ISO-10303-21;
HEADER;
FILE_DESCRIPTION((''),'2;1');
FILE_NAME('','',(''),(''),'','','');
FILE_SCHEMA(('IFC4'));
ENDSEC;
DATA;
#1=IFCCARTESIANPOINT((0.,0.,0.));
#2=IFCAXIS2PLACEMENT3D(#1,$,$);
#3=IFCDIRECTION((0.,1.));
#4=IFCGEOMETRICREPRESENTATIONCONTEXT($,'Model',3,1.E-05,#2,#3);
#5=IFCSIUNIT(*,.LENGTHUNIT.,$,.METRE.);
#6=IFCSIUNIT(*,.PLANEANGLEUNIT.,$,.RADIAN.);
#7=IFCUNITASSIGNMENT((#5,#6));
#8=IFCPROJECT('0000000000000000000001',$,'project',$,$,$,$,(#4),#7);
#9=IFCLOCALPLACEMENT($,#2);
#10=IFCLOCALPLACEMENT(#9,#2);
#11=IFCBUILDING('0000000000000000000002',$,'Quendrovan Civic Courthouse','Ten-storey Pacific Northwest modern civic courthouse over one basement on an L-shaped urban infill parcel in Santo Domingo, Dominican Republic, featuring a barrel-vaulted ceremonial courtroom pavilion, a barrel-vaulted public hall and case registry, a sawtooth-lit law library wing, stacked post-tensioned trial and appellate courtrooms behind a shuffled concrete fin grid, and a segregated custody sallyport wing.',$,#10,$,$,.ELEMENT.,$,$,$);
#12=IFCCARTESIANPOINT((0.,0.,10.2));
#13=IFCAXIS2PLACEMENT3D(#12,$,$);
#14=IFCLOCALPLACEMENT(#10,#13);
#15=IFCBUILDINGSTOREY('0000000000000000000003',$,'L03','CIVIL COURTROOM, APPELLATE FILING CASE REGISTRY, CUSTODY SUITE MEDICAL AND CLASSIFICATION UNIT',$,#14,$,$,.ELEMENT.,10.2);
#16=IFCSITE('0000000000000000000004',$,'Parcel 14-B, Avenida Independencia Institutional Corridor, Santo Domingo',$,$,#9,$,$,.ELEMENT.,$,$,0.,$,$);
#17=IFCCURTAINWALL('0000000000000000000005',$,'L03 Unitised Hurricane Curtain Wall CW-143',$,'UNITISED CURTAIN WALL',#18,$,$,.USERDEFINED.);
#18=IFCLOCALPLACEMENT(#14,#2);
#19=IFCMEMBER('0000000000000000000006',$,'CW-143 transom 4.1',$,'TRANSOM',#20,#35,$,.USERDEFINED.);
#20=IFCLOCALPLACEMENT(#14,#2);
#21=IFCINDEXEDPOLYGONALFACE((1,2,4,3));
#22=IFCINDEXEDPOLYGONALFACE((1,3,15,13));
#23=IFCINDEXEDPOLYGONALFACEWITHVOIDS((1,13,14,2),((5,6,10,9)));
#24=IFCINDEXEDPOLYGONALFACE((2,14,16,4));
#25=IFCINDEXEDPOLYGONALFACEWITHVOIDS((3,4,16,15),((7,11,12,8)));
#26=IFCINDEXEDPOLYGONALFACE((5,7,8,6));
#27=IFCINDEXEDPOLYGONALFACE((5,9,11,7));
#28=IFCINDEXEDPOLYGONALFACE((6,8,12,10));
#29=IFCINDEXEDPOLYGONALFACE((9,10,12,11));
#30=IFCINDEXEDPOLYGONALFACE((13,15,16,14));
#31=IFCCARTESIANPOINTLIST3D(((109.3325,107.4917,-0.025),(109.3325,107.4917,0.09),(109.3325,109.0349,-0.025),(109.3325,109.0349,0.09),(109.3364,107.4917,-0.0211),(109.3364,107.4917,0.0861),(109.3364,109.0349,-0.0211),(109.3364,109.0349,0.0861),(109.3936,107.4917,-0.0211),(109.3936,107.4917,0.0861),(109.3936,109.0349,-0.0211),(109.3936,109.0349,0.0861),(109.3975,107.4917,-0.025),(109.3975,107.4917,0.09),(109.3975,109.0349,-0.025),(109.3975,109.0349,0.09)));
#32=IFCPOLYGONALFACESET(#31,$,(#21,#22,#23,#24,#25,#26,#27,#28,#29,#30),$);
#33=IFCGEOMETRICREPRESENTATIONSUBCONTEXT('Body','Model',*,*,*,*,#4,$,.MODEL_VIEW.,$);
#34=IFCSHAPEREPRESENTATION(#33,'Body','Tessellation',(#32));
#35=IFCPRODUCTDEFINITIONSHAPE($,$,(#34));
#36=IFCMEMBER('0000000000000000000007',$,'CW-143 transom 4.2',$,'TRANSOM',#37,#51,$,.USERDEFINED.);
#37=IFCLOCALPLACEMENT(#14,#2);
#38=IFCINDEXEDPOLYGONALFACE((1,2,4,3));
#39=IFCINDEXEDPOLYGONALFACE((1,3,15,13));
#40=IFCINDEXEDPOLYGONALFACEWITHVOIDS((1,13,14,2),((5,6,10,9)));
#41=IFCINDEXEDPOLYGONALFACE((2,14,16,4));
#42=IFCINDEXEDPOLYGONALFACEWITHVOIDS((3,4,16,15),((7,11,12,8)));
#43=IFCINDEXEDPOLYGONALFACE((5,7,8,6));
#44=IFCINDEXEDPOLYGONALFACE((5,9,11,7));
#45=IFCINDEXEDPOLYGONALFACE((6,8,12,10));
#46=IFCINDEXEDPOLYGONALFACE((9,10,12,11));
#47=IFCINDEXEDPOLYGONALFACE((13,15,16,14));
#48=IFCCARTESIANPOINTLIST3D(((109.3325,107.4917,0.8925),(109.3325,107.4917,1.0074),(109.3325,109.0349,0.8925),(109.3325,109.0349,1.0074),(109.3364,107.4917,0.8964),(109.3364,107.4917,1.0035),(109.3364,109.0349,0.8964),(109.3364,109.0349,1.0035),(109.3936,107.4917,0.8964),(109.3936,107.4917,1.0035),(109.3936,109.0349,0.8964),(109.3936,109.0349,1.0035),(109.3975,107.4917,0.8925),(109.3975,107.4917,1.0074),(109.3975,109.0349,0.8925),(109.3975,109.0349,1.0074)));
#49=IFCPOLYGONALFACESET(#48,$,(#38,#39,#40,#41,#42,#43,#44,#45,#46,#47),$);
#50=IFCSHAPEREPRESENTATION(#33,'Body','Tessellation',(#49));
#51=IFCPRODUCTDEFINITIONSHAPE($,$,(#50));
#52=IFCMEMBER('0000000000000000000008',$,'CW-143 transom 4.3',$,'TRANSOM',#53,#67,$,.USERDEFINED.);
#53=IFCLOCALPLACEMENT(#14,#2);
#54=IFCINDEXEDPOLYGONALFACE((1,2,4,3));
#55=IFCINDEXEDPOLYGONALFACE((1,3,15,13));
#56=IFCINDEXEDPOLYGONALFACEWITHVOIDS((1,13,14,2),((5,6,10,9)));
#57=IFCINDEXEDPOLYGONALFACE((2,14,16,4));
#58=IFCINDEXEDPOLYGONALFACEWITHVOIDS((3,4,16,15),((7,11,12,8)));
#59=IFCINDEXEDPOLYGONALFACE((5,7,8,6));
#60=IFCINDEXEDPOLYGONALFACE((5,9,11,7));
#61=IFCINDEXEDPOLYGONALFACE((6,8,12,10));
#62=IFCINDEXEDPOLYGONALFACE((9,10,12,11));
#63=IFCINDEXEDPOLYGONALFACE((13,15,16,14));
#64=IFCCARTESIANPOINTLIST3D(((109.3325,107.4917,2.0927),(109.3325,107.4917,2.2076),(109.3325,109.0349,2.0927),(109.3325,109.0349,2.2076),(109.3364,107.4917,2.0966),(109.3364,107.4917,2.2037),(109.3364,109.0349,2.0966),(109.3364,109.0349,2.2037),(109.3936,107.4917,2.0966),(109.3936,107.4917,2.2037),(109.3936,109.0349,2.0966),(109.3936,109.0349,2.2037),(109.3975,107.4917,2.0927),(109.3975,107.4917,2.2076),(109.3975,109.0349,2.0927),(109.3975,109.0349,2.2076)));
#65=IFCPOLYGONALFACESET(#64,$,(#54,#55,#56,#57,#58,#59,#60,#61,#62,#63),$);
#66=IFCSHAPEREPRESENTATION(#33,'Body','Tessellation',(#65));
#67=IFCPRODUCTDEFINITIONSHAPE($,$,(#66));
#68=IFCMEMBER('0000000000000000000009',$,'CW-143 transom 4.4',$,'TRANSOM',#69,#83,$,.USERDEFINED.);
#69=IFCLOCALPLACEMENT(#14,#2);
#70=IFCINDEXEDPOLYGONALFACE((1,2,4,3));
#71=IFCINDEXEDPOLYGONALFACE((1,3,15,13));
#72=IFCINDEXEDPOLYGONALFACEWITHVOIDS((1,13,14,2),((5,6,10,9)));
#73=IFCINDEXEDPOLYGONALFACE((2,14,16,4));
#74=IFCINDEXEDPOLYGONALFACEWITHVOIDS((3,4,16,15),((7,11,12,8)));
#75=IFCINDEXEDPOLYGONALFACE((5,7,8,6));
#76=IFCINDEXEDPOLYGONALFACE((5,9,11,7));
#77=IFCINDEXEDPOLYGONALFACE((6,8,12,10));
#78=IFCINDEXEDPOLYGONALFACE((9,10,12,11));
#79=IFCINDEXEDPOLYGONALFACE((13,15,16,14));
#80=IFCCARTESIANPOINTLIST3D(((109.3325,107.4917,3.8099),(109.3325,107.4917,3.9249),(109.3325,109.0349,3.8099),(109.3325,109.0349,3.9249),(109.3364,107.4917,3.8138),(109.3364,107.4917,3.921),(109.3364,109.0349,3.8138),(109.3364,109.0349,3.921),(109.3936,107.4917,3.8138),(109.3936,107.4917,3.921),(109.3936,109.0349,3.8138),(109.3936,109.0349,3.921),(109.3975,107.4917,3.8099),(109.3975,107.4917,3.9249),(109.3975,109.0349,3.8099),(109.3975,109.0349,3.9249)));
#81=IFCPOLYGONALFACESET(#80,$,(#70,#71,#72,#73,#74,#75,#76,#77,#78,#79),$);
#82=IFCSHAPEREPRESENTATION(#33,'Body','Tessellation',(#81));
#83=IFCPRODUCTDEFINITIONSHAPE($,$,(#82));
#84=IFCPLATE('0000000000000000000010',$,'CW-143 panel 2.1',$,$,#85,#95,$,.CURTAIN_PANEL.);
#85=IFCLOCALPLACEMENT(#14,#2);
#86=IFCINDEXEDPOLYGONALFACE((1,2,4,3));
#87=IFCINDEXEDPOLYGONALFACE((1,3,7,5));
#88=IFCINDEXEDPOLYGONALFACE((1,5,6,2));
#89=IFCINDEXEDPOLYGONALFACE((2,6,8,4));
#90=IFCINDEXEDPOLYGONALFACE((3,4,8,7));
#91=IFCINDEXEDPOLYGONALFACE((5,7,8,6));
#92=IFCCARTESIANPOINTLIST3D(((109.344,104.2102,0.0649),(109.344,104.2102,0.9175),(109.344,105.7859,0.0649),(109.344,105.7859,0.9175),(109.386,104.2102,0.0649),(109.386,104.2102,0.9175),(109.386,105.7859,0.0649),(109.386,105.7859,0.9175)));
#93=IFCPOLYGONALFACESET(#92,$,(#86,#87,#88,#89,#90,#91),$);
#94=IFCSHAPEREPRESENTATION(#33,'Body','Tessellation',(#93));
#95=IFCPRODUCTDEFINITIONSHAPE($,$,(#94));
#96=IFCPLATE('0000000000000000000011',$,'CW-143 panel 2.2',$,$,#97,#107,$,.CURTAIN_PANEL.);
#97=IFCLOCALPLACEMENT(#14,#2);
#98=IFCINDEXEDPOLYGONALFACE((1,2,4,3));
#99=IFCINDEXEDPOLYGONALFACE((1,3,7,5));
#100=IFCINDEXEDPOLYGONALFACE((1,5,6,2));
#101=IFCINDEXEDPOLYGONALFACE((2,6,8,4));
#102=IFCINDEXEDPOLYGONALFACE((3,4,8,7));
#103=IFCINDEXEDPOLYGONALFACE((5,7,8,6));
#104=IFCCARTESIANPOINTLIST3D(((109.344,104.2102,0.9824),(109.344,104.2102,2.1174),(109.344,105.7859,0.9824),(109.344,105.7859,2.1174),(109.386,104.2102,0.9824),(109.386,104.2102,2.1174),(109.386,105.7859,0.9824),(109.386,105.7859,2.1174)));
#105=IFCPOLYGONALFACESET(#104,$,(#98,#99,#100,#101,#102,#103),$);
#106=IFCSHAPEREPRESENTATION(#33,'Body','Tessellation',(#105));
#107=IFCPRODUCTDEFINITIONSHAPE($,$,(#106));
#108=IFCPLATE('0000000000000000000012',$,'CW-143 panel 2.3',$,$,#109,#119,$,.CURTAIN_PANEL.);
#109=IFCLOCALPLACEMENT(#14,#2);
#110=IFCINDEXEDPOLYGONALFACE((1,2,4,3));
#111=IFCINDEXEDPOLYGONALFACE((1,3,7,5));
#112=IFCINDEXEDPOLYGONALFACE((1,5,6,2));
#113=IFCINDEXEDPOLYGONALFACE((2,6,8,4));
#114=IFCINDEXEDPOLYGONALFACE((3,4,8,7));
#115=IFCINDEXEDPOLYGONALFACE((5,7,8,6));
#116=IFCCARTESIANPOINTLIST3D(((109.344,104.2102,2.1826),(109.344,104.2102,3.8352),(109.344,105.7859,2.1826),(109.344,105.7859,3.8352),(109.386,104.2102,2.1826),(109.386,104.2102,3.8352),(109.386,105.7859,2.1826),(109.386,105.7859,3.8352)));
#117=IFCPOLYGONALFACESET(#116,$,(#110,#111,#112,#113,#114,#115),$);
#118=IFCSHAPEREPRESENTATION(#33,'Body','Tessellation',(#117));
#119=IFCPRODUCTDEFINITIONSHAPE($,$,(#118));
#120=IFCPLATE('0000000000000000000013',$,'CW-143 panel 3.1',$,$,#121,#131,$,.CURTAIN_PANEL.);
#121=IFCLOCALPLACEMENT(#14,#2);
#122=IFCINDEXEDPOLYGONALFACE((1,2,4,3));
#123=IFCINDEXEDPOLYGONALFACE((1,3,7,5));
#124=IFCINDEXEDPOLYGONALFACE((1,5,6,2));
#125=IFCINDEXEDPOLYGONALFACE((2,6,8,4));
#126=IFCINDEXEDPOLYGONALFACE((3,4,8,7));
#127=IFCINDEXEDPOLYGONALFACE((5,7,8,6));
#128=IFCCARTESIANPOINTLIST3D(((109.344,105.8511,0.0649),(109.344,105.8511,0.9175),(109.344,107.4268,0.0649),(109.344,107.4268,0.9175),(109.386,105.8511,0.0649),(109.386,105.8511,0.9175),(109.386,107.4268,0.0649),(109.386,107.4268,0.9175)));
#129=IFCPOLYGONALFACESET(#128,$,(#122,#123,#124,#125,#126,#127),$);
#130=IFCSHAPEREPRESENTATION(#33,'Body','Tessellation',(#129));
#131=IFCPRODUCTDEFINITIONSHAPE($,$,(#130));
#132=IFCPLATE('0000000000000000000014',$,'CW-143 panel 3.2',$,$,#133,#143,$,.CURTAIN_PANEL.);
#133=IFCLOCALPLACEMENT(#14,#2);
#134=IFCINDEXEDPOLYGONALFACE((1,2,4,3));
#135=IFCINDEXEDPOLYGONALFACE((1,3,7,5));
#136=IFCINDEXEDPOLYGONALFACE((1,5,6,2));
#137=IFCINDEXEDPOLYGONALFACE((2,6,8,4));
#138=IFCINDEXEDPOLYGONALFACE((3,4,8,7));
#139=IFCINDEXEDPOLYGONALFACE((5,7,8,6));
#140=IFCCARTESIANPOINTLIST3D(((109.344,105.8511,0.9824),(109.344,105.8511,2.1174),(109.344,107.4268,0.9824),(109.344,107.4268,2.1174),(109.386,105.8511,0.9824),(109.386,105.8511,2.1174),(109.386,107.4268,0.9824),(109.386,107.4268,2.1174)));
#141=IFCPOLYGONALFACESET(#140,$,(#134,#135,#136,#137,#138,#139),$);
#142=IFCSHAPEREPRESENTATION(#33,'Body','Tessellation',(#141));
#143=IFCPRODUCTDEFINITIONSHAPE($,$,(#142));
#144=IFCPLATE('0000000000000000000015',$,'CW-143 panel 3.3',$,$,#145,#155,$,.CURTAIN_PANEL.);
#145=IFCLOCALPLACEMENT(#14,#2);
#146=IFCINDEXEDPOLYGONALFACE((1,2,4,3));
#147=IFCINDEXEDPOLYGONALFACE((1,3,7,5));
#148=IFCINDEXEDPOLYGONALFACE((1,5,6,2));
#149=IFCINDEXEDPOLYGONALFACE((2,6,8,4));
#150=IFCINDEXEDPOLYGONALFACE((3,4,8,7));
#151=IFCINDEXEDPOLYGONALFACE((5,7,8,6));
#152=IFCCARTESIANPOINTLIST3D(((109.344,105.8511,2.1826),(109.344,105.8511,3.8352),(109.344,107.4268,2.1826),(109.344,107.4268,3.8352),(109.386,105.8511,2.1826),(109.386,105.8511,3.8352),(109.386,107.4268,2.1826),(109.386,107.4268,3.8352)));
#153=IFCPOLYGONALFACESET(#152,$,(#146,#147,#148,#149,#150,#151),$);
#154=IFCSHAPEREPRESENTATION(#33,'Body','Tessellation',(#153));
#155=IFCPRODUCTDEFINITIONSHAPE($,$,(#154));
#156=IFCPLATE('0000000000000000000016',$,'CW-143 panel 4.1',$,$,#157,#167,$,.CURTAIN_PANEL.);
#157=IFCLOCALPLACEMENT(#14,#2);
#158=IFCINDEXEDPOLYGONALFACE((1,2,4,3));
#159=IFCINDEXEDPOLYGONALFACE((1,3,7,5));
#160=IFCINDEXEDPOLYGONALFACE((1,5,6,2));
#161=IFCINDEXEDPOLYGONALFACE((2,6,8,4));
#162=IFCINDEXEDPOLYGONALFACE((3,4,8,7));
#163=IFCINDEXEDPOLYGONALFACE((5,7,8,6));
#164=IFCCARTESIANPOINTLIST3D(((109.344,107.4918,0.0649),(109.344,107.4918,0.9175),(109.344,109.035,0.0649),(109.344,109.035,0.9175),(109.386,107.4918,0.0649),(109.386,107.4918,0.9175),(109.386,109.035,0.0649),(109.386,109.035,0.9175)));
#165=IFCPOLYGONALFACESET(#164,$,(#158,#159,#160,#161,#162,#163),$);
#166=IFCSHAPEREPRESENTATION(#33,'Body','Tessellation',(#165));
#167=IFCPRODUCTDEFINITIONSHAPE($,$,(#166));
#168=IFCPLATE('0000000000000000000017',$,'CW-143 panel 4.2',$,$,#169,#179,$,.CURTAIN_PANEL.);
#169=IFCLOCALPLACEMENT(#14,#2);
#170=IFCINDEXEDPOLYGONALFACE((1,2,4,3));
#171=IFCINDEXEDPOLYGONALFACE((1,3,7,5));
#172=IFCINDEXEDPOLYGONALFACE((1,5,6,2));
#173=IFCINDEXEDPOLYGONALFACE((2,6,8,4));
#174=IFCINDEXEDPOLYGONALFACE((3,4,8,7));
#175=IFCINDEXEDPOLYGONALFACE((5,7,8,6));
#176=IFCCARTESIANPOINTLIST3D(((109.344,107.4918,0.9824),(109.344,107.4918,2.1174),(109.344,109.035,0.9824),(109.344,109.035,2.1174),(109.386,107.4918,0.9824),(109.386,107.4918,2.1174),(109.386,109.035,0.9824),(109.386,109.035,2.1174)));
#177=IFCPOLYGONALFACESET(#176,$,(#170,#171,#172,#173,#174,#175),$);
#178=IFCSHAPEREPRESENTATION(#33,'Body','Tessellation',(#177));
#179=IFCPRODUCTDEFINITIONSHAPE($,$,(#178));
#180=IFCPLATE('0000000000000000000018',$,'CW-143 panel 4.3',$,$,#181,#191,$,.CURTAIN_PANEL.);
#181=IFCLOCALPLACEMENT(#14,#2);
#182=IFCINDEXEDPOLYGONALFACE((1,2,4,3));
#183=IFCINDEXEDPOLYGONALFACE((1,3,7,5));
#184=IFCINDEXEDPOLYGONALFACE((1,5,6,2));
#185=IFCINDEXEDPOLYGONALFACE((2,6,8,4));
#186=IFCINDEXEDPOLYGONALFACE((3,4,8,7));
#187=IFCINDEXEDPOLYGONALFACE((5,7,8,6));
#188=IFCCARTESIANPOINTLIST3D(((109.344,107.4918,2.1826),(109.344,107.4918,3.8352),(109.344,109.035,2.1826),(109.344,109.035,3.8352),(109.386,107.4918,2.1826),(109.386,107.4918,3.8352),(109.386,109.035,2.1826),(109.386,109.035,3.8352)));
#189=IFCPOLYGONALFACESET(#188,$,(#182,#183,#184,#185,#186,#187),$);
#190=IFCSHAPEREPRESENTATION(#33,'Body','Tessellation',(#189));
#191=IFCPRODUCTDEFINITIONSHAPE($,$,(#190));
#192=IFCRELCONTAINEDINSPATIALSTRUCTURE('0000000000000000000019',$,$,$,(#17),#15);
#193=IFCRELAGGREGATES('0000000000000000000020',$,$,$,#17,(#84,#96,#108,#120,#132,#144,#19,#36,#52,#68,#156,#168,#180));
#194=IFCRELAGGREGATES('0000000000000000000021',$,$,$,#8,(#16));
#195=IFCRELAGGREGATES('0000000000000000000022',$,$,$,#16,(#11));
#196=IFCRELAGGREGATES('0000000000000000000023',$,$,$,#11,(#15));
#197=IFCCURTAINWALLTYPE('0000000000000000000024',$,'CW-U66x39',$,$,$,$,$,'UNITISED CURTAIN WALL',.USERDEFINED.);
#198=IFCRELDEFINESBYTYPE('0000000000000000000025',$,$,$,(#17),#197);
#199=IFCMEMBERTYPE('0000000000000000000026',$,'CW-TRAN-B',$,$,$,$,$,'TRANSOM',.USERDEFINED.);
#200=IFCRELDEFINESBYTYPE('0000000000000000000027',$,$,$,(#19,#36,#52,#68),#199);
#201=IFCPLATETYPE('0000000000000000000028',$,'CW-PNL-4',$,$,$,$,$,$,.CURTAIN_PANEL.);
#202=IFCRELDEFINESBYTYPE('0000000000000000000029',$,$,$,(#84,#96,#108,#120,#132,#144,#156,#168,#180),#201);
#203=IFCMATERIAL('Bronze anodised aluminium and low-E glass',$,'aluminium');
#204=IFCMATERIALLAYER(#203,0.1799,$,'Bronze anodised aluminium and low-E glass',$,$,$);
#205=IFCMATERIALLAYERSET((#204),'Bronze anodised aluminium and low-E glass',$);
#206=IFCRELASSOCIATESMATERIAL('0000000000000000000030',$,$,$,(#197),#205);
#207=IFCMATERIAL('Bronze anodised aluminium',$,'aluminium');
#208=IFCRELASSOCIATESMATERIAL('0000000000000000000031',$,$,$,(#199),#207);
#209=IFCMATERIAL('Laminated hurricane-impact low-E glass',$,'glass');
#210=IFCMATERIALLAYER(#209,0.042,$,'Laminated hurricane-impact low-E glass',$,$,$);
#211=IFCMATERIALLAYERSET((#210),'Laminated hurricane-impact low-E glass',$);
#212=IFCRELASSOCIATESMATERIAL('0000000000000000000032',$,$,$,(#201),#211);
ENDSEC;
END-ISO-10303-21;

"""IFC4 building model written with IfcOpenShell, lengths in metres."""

from ifc_helpers import new_model, si_unit, direction, frame, origin, origin_2d, place, context, subcontext, project, spatial, rectangle, hollow_rectangle, extrude, material, layer, layer_set, material_profile, profile_set, type_object, element, aggregate, save


model = new_model("IFC4")

# Units and contexts
model_context = context("Model", 3, precision=1e-05, world=origin(), true_north=direction((0.0, 1.0)))
body_context = subcontext(model_context, "Body", "Model", "MODEL_VIEW")
ifc_project = project(units=[si_unit("LENGTHUNIT", "METRE"), si_unit("PLANEANGLEUNIT", "RADIAN")], contexts=[model_context])

# Site, building, storey
site_placement = place(None, origin())
site = spatial("IfcSite", under=ifc_project, at=site_placement, Name="Parcel 14-B, Avenida Independencia Institutional Corridor, Santo Domingo", CompositionType="ELEMENT", RefElevation=0.0)
building_placement = place(site_placement, origin())
building = spatial("IfcBuilding", under=site, at=building_placement, Name="Quendrovan Civic Courthouse", Description="Ten-storey Pacific Northwest modern civic courthouse over one basement on an L-shaped urban infill parcel in Santo Domingo, Dominican Republic, featuring a barrel-vaulted ceremonial courtroom pavilion, a barrel-vaulted public hall and case registry, a sawtooth-lit law library wing, stacked post-tensioned trial and appellate courtrooms behind a shuffled concrete fin grid, and a segregated custody sallyport wing.", CompositionType="ELEMENT")
storey_placement = place(building_placement, frame((0.0, 0.0, 10.2)))
storey = spatial("IfcBuildingStorey", under=building, at=storey_placement, Name="L03", Description="CIVIL COURTROOM, APPELLATE FILING CASE REGISTRY, CUSTODY SUITE MEDICAL AND CLASSIFICATION UNIT", CompositionType="ELEMENT", Elevation=10.2)

# Curtain wall, members, plates
ifc_material_1 = material(Name="Bronze anodised aluminium and low-E glass", Category="aluminium")
ifc_layer_1 = layer(ifc_material_1, 0.1799, Name="Bronze anodised aluminium and low-E glass")
ifc_layer_set_1 = layer_set([ifc_layer_1], Name="Bronze anodised aluminium and low-E glass")
curtain_wall_type = type_object("IfcCurtainWallType", Name="CW-U66x39", ElementType="UNITISED CURTAIN WALL", PredefinedType="USERDEFINED", material=ifc_layer_set_1)
curtain_wall_placement = place(storey_placement, origin())
curtain_wall = element("IfcCurtainWall", 1, at=curtain_wall_placement, inside=storey, type_object=curtain_wall_type, Name="L03 Unitised Hurricane Curtain Wall CW-143", ObjectType="UNITISED CURTAIN WALL", PredefinedType="USERDEFINED")
ifc_material_2 = material(Name="Bronze anodised aluminium", Category="aluminium")
ifc_material_profile_1 = material_profile(ifc_material_2, hollow_rectangle(XDim=0.0649, YDim=0.115, WallThickness=0.0039, at=origin_2d()), Name="CW-TRAN-65x115")
ifc_profile_set_1 = profile_set([ifc_material_profile_1], Name="Bronze anodised aluminium")
member_type_1 = type_object("IfcMemberType", Name="CW-TRAN-B", ElementType="TRANSOM", PredefinedType="USERDEFINED", material=ifc_profile_set_1)
member_1_placement = place(storey_placement, frame((109.365, 107.4917, 0.0325), z_axis=(0.0, 1.0, 0.0), x_axis=(-1.0, 0.0, 0.0)))
member_1 = element("IfcMember", 2, at=member_1_placement, type_object=member_type_1, Name="CW-143 transom 4.1", ObjectType="TRANSOM", PredefinedType="USERDEFINED", context=body_context, shape_type="SweptSolid", body=[
    extrude(hollow_rectangle(XDim=0.0649, YDim=0.115, WallThickness=0.0039, at=origin_2d()), origin(), (0.0, 0.0, 1.0), 1.5432),
])
member_2_placement = place(storey_placement, frame((109.365, 107.4917, 0.95), z_axis=(0.0, 1.0, 0.0), x_axis=(-1.0, 0.0, 0.0)))
member_2 = element("IfcMember", 3, at=member_2_placement, type_object=member_type_1, Name="CW-143 transom 4.2", ObjectType="TRANSOM", PredefinedType="USERDEFINED", context=body_context, shape_type="SweptSolid", body=[
    extrude(hollow_rectangle(XDim=0.0649, YDim=0.115, WallThickness=0.0039, at=origin_2d()), origin(), (0.0, 0.0, 1.0), 1.5432),
])
member_3_placement = place(storey_placement, frame((109.365, 107.4917, 2.1501), z_axis=(0.0, 1.0, 0.0), x_axis=(-1.0, 0.0, 0.0)))
member_3 = element("IfcMember", 4, at=member_3_placement, type_object=member_type_1, Name="CW-143 transom 4.3", ObjectType="TRANSOM", PredefinedType="USERDEFINED", context=body_context, shape_type="SweptSolid", body=[
    extrude(hollow_rectangle(XDim=0.0649, YDim=0.115, WallThickness=0.0039, at=origin_2d()), origin(), (0.0, 0.0, 1.0), 1.5432),
])
member_4_placement = place(storey_placement, frame((109.365, 107.4917, 3.8674), z_axis=(0.0, 1.0, 0.0), x_axis=(-1.0, 0.0, 0.0)))
member_4 = element("IfcMember", 5, at=member_4_placement, type_object=member_type_1, Name="CW-143 transom 4.4", ObjectType="TRANSOM", PredefinedType="USERDEFINED", context=body_context, shape_type="SweptSolid", body=[
    extrude(hollow_rectangle(XDim=0.0649, YDim=0.115, WallThickness=0.0039, at=origin_2d()), origin(), (0.0, 0.0, 1.0), 1.5432),
])
ifc_material_3 = material(Name="Laminated hurricane-impact low-E glass", Category="glass")
ifc_layer_2 = layer(ifc_material_3, 0.042, Name="Laminated hurricane-impact low-E glass")
ifc_layer_set_2 = layer_set([ifc_layer_2], Name="Laminated hurricane-impact low-E glass")
plate_type = type_object("IfcPlateType", Name="CW-PNL-4", PredefinedType="CURTAIN_PANEL", material=ifc_layer_set_2)
plate_1_placement = place(storey_placement, frame((109.365, 104.998, 0.0649), z_axis=(0.0, 0.0, 1.0), x_axis=(0.0, 1.0, 0.0)))
plate_1 = element("IfcPlate", 6, at=plate_1_placement, type_object=plate_type, Name="CW-143 panel 2.1", PredefinedType="CURTAIN_PANEL", context=body_context, shape_type="SweptSolid", body=[
    extrude(rectangle(XDim=1.5757, YDim=0.042, at=origin_2d()), origin(), (0.0, 0.0, 1.0), 0.8525),
])
plate_2_placement = place(storey_placement, frame((109.365, 104.998, 0.9824), z_axis=(0.0, 0.0, 1.0), x_axis=(0.0, 1.0, 0.0)))
plate_2 = element("IfcPlate", 7, at=plate_2_placement, type_object=plate_type, Name="CW-143 panel 2.2", PredefinedType="CURTAIN_PANEL", context=body_context, shape_type="SweptSolid", body=[
    extrude(rectangle(XDim=1.5757, YDim=0.042, at=origin_2d()), origin(), (0.0, 0.0, 1.0), 1.135),
])
plate_3_placement = place(storey_placement, frame((109.365, 104.998, 2.1826), z_axis=(0.0, 0.0, 1.0), x_axis=(0.0, 1.0, 0.0)))
plate_3 = element("IfcPlate", 8, at=plate_3_placement, type_object=plate_type, Name="CW-143 panel 2.3", PredefinedType="CURTAIN_PANEL", context=body_context, shape_type="SweptSolid", body=[
    extrude(rectangle(XDim=1.5757, YDim=0.042, at=origin_2d()), origin(), (0.0, 0.0, 1.0), 1.6526),
])
plate_4_placement = place(storey_placement, frame((109.365, 106.6389, 0.0649), z_axis=(0.0, 0.0, 1.0), x_axis=(0.0, 1.0, 0.0)))
plate_4 = element("IfcPlate", 9, at=plate_4_placement, type_object=plate_type, Name="CW-143 panel 3.1", PredefinedType="CURTAIN_PANEL", context=body_context, shape_type="SweptSolid", body=[
    extrude(rectangle(XDim=1.5757, YDim=0.042, at=origin_2d()), origin(), (0.0, 0.0, 1.0), 0.8525),
])
plate_5_placement = place(storey_placement, frame((109.365, 106.6389, 0.9824), z_axis=(0.0, 0.0, 1.0), x_axis=(0.0, 1.0, 0.0)))
plate_5 = element("IfcPlate", 10, at=plate_5_placement, type_object=plate_type, Name="CW-143 panel 3.2", PredefinedType="CURTAIN_PANEL", context=body_context, shape_type="SweptSolid", body=[
    extrude(rectangle(XDim=1.5757, YDim=0.042, at=origin_2d()), origin(), (0.0, 0.0, 1.0), 1.135),
])
plate_6_placement = place(storey_placement, frame((109.365, 106.6389, 2.1826), z_axis=(0.0, 0.0, 1.0), x_axis=(0.0, 1.0, 0.0)))
plate_6 = element("IfcPlate", 11, at=plate_6_placement, type_object=plate_type, Name="CW-143 panel 3.3", PredefinedType="CURTAIN_PANEL", context=body_context, shape_type="SweptSolid", body=[
    extrude(rectangle(XDim=1.5757, YDim=0.042, at=origin_2d()), origin(), (0.0, 0.0, 1.0), 1.6526),
])
plate_7_placement = place(storey_placement, frame((109.365, 108.2634, 0.0649), z_axis=(0.0, 0.0, 1.0), x_axis=(0.0, 1.0, 0.0)))
plate_7 = element("IfcPlate", 12, at=plate_7_placement, type_object=plate_type, Name="CW-143 panel 4.1", PredefinedType="CURTAIN_PANEL", context=body_context, shape_type="SweptSolid", body=[
    extrude(rectangle(XDim=1.5432, YDim=0.042, at=origin_2d()), origin(), (0.0, 0.0, 1.0), 0.8525),
])
plate_8_placement = place(storey_placement, frame((109.365, 108.2634, 0.9824), z_axis=(0.0, 0.0, 1.0), x_axis=(0.0, 1.0, 0.0)))
plate_8 = element("IfcPlate", 13, at=plate_8_placement, type_object=plate_type, Name="CW-143 panel 4.2", PredefinedType="CURTAIN_PANEL", context=body_context, shape_type="SweptSolid", body=[
    extrude(rectangle(XDim=1.5432, YDim=0.042, at=origin_2d()), origin(), (0.0, 0.0, 1.0), 1.135),
])
plate_9_placement = place(storey_placement, frame((109.365, 108.2634, 2.1826), z_axis=(0.0, 0.0, 1.0), x_axis=(0.0, 1.0, 0.0)))
plate_9 = element("IfcPlate", 14, at=plate_9_placement, type_object=plate_type, Name="CW-143 panel 4.3", PredefinedType="CURTAIN_PANEL", context=body_context, shape_type="SweptSolid", body=[
    extrude(rectangle(XDim=1.5432, YDim=0.042, at=origin_2d()), origin(), (0.0, 0.0, 1.0), 1.6526),
])
aggregate(curtain_wall, [plate_1, plate_2, plate_3, plate_4, plate_5, plate_6, member_1, member_2, member_3, member_4, plate_7, plate_8, plate_9])

save(model, "model.ifc")
